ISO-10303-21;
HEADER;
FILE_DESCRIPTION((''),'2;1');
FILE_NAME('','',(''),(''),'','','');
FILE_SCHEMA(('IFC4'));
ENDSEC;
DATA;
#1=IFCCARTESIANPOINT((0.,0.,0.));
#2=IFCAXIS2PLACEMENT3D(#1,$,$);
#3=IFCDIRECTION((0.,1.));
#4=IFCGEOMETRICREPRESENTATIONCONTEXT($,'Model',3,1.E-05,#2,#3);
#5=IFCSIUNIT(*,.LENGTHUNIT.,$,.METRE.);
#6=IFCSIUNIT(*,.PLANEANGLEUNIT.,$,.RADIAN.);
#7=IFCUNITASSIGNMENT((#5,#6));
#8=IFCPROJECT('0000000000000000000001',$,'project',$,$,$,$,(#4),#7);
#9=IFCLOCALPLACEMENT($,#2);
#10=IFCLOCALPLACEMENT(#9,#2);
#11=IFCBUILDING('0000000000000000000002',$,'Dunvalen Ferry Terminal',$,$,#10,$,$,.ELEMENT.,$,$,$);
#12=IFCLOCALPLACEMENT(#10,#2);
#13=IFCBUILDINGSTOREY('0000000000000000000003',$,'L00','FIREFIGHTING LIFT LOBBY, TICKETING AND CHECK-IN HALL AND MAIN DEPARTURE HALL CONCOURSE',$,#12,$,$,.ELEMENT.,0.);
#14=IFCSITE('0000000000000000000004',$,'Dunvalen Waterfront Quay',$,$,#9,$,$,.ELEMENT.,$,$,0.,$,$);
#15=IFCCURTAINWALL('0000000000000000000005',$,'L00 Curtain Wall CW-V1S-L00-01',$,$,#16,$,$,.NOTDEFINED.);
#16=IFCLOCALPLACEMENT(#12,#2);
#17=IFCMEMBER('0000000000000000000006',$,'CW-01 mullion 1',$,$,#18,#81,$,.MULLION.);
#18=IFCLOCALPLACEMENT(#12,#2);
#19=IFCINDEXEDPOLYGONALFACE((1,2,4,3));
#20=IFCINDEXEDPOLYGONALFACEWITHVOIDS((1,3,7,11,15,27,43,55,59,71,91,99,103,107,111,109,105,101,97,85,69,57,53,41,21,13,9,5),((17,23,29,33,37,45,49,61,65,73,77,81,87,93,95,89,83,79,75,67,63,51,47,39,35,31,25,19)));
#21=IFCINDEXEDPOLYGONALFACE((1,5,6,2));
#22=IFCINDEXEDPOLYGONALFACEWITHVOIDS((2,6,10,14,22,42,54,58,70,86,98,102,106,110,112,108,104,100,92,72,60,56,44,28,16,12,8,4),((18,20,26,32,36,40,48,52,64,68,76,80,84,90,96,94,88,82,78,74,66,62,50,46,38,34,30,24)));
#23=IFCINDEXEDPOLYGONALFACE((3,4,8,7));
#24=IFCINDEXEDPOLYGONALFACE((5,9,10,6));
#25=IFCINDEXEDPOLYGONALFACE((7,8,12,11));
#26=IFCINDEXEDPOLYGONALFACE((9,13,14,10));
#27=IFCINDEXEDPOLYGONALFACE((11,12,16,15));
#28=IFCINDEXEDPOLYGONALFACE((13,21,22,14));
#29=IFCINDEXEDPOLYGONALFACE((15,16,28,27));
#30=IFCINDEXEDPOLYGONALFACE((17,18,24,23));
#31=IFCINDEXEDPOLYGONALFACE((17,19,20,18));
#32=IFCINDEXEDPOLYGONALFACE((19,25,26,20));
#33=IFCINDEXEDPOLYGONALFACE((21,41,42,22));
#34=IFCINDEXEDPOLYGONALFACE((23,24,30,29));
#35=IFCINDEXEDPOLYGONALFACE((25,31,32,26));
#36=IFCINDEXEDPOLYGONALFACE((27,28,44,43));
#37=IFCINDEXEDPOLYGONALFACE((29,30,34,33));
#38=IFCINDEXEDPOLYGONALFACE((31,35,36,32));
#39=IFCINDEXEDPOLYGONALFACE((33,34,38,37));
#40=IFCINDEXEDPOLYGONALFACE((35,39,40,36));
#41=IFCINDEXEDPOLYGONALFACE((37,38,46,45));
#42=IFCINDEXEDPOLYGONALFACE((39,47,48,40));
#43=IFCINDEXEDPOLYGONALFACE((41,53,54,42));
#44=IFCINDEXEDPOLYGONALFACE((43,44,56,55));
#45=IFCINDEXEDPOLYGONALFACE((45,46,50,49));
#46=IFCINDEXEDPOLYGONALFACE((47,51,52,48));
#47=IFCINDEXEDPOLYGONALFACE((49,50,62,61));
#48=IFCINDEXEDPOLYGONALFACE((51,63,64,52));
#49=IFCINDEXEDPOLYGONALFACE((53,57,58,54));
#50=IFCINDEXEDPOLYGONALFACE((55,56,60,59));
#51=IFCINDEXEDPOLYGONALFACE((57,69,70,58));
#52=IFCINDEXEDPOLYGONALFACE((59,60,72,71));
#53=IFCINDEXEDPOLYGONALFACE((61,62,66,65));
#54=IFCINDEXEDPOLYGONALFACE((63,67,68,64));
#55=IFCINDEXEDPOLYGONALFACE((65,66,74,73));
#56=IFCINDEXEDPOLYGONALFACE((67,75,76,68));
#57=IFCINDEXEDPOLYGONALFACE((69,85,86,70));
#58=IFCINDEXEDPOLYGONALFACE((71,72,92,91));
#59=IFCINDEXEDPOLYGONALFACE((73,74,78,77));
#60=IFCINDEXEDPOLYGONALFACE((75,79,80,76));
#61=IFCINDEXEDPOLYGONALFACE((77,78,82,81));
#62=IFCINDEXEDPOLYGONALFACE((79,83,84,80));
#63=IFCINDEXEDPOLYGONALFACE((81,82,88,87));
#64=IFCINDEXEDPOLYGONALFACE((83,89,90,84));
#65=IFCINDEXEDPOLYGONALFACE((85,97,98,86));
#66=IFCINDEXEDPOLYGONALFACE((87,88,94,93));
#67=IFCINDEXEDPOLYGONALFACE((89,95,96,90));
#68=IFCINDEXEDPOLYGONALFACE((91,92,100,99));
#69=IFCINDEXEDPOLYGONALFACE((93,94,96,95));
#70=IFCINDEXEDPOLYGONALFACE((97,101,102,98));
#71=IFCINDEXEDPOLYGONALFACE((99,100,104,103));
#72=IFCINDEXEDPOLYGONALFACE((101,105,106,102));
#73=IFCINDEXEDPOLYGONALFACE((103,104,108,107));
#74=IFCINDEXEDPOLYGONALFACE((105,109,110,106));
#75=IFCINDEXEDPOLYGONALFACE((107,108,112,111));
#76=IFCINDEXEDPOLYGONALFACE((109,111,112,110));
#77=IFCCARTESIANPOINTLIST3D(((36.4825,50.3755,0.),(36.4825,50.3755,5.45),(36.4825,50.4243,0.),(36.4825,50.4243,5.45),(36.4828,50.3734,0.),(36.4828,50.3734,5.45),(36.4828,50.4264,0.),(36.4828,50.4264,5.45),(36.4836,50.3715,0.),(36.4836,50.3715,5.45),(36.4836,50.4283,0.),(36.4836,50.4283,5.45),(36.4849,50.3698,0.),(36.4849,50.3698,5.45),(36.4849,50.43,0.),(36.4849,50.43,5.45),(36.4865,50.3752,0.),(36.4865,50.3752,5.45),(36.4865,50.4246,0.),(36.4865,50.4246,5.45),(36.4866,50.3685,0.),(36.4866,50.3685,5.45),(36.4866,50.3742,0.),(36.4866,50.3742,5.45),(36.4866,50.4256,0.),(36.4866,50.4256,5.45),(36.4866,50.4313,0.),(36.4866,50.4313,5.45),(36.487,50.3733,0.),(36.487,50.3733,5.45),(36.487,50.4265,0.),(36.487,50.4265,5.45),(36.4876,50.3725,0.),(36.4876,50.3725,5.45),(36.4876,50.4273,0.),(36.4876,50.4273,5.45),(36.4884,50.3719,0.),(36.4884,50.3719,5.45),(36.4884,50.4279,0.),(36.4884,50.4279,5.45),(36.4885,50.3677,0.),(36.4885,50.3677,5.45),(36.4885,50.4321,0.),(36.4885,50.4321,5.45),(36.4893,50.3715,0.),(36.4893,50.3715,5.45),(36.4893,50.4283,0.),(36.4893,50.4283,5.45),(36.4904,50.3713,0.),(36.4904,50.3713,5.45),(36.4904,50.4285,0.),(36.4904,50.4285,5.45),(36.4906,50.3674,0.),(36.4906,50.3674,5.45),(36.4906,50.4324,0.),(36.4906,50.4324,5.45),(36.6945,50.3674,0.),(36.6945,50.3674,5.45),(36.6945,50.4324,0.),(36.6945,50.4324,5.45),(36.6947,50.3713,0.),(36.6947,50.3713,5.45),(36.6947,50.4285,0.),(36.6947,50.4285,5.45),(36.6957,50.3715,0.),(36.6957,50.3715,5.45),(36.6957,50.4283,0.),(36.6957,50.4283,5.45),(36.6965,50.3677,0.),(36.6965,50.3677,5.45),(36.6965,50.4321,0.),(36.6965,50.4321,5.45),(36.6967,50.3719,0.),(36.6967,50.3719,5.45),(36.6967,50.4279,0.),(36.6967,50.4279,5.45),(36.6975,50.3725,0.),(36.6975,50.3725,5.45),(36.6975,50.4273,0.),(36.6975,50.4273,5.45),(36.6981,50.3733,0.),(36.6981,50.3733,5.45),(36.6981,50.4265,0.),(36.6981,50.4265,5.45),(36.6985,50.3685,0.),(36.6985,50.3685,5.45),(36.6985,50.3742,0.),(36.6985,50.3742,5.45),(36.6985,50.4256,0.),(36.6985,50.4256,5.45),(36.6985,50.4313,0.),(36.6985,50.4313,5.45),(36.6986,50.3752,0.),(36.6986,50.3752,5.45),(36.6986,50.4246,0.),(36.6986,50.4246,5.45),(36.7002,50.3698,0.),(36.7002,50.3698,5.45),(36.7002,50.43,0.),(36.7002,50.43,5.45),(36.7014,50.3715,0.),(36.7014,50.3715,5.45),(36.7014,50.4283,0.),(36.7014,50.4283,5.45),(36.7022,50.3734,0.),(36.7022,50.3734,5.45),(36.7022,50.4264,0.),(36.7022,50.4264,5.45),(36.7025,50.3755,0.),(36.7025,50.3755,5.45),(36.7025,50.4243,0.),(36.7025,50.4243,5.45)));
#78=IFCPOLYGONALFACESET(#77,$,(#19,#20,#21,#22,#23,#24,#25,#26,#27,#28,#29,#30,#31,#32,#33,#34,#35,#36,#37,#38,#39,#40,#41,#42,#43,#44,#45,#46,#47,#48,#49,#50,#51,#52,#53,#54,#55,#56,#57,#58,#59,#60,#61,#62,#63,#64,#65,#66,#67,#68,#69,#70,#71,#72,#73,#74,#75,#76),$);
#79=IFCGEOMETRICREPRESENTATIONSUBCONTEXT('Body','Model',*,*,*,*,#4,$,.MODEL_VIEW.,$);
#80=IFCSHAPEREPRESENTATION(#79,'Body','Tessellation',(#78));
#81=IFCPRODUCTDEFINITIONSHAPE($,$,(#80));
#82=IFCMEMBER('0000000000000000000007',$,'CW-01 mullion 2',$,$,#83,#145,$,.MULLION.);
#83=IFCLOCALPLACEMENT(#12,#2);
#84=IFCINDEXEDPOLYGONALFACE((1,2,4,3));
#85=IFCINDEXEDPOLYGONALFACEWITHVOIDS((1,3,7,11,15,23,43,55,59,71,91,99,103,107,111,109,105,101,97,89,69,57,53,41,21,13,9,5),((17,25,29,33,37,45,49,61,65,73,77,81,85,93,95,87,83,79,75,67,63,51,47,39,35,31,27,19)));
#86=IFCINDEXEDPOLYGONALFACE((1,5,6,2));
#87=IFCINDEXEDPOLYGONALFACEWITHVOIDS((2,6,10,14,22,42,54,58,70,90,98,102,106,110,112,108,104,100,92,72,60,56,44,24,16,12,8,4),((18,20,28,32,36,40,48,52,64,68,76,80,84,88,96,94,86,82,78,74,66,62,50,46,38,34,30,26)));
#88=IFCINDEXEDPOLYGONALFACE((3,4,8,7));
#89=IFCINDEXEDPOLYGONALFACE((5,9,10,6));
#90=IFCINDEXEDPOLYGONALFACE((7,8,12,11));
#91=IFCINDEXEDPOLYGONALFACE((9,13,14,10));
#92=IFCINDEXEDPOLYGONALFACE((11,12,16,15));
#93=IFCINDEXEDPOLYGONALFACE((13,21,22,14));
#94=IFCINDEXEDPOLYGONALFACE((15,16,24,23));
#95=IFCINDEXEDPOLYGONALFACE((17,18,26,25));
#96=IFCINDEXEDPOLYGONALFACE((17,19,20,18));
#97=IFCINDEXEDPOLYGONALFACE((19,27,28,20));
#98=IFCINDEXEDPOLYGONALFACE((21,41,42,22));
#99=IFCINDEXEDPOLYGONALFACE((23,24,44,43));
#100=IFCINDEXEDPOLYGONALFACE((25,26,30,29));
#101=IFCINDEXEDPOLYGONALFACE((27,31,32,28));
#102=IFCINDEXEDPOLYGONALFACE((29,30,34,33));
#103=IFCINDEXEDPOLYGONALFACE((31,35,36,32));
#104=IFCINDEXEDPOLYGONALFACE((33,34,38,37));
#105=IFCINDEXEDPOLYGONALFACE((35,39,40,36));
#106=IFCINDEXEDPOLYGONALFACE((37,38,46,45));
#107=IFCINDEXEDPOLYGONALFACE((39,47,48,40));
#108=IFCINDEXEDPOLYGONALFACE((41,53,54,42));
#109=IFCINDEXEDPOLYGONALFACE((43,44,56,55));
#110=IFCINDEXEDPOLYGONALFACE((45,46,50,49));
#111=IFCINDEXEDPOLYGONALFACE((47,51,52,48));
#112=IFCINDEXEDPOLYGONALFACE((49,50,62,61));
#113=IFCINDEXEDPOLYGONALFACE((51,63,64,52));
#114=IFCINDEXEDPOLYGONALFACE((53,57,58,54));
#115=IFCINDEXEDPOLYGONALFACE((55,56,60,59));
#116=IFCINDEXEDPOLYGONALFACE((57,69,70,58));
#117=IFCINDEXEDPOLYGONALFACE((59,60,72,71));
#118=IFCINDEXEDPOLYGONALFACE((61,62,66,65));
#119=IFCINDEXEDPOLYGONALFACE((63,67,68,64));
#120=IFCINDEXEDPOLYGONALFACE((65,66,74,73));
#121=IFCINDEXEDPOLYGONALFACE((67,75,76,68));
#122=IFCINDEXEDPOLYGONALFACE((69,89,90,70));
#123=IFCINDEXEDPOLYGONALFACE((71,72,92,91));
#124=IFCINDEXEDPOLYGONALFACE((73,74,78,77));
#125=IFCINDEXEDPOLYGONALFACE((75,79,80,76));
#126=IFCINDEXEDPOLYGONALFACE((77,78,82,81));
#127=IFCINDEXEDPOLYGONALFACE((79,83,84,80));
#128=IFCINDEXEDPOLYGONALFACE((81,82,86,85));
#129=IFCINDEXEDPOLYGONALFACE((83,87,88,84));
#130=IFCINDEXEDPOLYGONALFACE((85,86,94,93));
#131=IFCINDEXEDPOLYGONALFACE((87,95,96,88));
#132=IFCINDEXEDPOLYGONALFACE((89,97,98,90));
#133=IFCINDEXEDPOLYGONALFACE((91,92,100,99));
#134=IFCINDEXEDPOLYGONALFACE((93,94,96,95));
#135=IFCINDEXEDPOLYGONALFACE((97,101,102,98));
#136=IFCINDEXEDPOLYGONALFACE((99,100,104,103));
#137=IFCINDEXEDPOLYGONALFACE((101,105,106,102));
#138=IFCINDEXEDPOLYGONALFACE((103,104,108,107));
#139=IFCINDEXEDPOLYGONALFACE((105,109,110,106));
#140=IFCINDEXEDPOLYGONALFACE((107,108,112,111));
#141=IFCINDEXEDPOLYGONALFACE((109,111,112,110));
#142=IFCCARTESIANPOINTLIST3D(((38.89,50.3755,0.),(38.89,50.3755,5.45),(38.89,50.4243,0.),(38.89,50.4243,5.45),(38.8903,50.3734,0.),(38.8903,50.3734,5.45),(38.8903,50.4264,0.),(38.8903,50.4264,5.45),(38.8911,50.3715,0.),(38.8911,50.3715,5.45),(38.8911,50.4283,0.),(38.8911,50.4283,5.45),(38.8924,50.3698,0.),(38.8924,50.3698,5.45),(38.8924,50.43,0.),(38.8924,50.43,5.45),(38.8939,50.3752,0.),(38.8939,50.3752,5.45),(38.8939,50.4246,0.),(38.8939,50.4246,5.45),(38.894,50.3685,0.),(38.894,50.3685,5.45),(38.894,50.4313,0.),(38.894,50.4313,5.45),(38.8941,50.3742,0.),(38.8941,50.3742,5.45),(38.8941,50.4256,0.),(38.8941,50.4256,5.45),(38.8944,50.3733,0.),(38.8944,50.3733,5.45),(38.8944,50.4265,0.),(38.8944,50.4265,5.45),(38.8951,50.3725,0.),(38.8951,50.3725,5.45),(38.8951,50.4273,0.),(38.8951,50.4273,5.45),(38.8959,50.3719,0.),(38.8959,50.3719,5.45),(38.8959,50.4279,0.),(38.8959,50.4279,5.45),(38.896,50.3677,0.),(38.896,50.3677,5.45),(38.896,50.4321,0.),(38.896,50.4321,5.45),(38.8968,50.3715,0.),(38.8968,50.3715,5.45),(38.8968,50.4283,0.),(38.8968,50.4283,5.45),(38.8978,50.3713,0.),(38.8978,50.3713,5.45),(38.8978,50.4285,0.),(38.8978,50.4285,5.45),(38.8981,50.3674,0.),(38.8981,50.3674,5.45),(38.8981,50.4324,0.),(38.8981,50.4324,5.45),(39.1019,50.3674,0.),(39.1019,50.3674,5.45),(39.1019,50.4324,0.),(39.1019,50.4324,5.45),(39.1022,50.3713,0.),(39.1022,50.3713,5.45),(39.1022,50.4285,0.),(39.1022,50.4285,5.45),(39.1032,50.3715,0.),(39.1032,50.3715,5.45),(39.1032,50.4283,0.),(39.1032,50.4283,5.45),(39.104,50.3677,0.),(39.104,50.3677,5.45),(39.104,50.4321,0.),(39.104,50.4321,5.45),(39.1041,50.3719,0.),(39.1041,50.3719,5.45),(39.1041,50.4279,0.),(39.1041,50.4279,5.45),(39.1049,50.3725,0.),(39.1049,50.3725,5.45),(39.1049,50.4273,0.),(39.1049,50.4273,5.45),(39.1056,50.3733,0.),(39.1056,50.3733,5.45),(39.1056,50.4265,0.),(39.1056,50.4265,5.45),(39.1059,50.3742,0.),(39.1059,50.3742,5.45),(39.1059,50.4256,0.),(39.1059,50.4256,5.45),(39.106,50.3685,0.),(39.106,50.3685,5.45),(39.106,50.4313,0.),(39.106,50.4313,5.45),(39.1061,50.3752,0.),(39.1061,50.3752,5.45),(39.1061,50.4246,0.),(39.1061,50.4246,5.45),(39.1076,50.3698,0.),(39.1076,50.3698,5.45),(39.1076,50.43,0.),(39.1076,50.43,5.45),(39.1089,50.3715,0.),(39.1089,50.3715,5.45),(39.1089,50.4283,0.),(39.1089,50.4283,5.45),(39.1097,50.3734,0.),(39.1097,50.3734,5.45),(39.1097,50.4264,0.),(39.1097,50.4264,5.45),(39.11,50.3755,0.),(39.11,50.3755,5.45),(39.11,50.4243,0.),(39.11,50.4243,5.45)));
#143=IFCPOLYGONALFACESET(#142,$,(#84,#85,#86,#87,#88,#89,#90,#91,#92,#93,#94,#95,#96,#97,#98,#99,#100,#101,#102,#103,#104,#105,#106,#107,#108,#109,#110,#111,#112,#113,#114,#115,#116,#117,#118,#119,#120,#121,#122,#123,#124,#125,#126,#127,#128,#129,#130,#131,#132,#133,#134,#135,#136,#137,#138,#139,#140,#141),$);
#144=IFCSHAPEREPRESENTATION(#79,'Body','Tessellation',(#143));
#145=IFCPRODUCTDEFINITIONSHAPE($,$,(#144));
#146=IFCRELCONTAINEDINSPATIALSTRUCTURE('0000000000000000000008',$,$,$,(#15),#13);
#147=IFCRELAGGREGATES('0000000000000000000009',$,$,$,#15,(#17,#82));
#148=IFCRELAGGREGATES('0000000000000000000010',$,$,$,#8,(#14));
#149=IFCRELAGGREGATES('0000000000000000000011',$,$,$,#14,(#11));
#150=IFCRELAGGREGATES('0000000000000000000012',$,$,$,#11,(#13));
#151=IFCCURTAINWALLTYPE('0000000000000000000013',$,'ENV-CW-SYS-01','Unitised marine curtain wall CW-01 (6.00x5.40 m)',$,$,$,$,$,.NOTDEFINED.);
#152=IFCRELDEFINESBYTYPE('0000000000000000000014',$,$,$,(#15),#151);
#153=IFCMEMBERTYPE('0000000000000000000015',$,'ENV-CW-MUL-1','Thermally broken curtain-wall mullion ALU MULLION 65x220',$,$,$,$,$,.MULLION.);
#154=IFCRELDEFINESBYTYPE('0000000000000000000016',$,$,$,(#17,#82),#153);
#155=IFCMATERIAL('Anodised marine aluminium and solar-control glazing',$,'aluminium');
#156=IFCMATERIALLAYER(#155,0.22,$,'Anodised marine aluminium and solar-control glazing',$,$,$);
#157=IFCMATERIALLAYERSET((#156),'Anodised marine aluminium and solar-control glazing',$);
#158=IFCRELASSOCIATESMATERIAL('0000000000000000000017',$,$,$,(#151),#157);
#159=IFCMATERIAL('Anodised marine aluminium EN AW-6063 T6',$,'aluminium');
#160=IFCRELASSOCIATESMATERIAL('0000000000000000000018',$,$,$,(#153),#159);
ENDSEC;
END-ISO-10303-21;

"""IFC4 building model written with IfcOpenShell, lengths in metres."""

from ifc_helpers import new_model, si_unit, direction, frame, origin, origin_2d, place, context, subcontext, project, spatial, hollow_rectangle, extrude, material, layer, layer_set, material_profile, profile_set, type_object, element, aggregate, save


model = new_model("IFC4")

# Units and contexts
model_context = context("Model", 3, precision=1e-05, world=origin(), true_north=direction((0.0, 1.0)))
body_context = subcontext(model_context, "Body", "Model", "MODEL_VIEW")
ifc_project = project(units=[si_unit("LENGTHUNIT", "METRE"), si_unit("PLANEANGLEUNIT", "RADIAN")], contexts=[model_context])

# Site, building, storey
site_placement = place(None, origin())
site = spatial("IfcSite", under=ifc_project, at=site_placement, Name="Dunvalen Waterfront Quay", CompositionType="ELEMENT", RefElevation=0.0)
building_placement = place(site_placement, origin())
building = spatial("IfcBuilding", under=site, at=building_placement, Name="Dunvalen Ferry Terminal", CompositionType="ELEMENT")
storey_placement = place(building_placement, origin())
storey = spatial("IfcBuildingStorey", under=building, at=storey_placement, Name="L00", Description="FIREFIGHTING LIFT LOBBY, TICKETING AND CHECK-IN HALL AND MAIN DEPARTURE HALL CONCOURSE", CompositionType="ELEMENT", Elevation=0.0)

# Curtain wall, members
ifc_material_1 = material(Name="Anodised marine aluminium and solar-control glazing", Category="aluminium")
ifc_layer_1 = layer(ifc_material_1, 0.22, Name="Anodised marine aluminium and solar-control glazing")
ifc_layer_set_1 = layer_set([ifc_layer_1], Name="Anodised marine aluminium and solar-control glazing")
curtain_wall_type = type_object("IfcCurtainWallType", Name="ENV-CW-SYS-01", Description="Unitised marine curtain wall CW-01 (6.00x5.40 m)", PredefinedType="NOTDEFINED", material=ifc_layer_set_1)
curtain_wall_placement = place(storey_placement, origin())
curtain_wall = element("IfcCurtainWall", 1, at=curtain_wall_placement, inside=storey, type_object=curtain_wall_type, Name="L00 Curtain Wall CW-V1S-L00-01", PredefinedType="NOTDEFINED")
ifc_material_2 = material(Name="Anodised marine aluminium EN AW-6063 T6", Category="aluminium")
ifc_material_profile_1 = material_profile(ifc_material_2, hollow_rectangle(XDim=0.0649, YDim=0.22, WallThickness=0.0039, InnerFilletRadius=0.0039, OuterFilletRadius=0.0081, at=origin_2d()), Name="Anodised marine aluminium EN AW-6063 T6")
ifc_profile_set_1 = profile_set([ifc_material_profile_1], Name="Anodised marine aluminium EN AW-6063 T6")
member_type_1 = type_object("IfcMemberType", Name="ENV-CW-MUL-1", Description="Thermally broken curtain-wall mullion ALU MULLION 65x220", PredefinedType="MULLION", material=ifc_profile_set_1)
member_1_placement = place(storey_placement, frame((36.5925, 50.3999, 0.0), z_axis=(0.0, 0.0, 1.0), x_axis=(0.0, 1.0, 0.0)))
member_1 = element("IfcMember", 2, at=member_1_placement, type_object=member_type_1, Name="CW-01 mullion 1", PredefinedType="MULLION", context=body_context, shape_type="SweptSolid", body=[
    extrude(hollow_rectangle(XDim=0.0649, YDim=0.22, WallThickness=0.0039, InnerFilletRadius=0.0039, OuterFilletRadius=0.0081, at=origin_2d()), origin(), (0.0, 0.0, 1.0), 5.45),
])
member_2_placement = place(storey_placement, frame((39.0, 50.3999, 0.0), z_axis=(0.0, 0.0, 1.0), x_axis=(0.0, 1.0, 0.0)))
member_2 = element("IfcMember", 3, at=member_2_placement, type_object=member_type_1, Name="CW-01 mullion 2", PredefinedType="MULLION", context=body_context, shape_type="SweptSolid", body=[
    extrude(hollow_rectangle(XDim=0.0649, YDim=0.22, WallThickness=0.0039, InnerFilletRadius=0.0039, OuterFilletRadius=0.0081, at=origin_2d()), origin(), (0.0, 0.0, 1.0), 5.45),
])
aggregate(curtain_wall, [member_1, member_2])

save(model, "model.ifc")
